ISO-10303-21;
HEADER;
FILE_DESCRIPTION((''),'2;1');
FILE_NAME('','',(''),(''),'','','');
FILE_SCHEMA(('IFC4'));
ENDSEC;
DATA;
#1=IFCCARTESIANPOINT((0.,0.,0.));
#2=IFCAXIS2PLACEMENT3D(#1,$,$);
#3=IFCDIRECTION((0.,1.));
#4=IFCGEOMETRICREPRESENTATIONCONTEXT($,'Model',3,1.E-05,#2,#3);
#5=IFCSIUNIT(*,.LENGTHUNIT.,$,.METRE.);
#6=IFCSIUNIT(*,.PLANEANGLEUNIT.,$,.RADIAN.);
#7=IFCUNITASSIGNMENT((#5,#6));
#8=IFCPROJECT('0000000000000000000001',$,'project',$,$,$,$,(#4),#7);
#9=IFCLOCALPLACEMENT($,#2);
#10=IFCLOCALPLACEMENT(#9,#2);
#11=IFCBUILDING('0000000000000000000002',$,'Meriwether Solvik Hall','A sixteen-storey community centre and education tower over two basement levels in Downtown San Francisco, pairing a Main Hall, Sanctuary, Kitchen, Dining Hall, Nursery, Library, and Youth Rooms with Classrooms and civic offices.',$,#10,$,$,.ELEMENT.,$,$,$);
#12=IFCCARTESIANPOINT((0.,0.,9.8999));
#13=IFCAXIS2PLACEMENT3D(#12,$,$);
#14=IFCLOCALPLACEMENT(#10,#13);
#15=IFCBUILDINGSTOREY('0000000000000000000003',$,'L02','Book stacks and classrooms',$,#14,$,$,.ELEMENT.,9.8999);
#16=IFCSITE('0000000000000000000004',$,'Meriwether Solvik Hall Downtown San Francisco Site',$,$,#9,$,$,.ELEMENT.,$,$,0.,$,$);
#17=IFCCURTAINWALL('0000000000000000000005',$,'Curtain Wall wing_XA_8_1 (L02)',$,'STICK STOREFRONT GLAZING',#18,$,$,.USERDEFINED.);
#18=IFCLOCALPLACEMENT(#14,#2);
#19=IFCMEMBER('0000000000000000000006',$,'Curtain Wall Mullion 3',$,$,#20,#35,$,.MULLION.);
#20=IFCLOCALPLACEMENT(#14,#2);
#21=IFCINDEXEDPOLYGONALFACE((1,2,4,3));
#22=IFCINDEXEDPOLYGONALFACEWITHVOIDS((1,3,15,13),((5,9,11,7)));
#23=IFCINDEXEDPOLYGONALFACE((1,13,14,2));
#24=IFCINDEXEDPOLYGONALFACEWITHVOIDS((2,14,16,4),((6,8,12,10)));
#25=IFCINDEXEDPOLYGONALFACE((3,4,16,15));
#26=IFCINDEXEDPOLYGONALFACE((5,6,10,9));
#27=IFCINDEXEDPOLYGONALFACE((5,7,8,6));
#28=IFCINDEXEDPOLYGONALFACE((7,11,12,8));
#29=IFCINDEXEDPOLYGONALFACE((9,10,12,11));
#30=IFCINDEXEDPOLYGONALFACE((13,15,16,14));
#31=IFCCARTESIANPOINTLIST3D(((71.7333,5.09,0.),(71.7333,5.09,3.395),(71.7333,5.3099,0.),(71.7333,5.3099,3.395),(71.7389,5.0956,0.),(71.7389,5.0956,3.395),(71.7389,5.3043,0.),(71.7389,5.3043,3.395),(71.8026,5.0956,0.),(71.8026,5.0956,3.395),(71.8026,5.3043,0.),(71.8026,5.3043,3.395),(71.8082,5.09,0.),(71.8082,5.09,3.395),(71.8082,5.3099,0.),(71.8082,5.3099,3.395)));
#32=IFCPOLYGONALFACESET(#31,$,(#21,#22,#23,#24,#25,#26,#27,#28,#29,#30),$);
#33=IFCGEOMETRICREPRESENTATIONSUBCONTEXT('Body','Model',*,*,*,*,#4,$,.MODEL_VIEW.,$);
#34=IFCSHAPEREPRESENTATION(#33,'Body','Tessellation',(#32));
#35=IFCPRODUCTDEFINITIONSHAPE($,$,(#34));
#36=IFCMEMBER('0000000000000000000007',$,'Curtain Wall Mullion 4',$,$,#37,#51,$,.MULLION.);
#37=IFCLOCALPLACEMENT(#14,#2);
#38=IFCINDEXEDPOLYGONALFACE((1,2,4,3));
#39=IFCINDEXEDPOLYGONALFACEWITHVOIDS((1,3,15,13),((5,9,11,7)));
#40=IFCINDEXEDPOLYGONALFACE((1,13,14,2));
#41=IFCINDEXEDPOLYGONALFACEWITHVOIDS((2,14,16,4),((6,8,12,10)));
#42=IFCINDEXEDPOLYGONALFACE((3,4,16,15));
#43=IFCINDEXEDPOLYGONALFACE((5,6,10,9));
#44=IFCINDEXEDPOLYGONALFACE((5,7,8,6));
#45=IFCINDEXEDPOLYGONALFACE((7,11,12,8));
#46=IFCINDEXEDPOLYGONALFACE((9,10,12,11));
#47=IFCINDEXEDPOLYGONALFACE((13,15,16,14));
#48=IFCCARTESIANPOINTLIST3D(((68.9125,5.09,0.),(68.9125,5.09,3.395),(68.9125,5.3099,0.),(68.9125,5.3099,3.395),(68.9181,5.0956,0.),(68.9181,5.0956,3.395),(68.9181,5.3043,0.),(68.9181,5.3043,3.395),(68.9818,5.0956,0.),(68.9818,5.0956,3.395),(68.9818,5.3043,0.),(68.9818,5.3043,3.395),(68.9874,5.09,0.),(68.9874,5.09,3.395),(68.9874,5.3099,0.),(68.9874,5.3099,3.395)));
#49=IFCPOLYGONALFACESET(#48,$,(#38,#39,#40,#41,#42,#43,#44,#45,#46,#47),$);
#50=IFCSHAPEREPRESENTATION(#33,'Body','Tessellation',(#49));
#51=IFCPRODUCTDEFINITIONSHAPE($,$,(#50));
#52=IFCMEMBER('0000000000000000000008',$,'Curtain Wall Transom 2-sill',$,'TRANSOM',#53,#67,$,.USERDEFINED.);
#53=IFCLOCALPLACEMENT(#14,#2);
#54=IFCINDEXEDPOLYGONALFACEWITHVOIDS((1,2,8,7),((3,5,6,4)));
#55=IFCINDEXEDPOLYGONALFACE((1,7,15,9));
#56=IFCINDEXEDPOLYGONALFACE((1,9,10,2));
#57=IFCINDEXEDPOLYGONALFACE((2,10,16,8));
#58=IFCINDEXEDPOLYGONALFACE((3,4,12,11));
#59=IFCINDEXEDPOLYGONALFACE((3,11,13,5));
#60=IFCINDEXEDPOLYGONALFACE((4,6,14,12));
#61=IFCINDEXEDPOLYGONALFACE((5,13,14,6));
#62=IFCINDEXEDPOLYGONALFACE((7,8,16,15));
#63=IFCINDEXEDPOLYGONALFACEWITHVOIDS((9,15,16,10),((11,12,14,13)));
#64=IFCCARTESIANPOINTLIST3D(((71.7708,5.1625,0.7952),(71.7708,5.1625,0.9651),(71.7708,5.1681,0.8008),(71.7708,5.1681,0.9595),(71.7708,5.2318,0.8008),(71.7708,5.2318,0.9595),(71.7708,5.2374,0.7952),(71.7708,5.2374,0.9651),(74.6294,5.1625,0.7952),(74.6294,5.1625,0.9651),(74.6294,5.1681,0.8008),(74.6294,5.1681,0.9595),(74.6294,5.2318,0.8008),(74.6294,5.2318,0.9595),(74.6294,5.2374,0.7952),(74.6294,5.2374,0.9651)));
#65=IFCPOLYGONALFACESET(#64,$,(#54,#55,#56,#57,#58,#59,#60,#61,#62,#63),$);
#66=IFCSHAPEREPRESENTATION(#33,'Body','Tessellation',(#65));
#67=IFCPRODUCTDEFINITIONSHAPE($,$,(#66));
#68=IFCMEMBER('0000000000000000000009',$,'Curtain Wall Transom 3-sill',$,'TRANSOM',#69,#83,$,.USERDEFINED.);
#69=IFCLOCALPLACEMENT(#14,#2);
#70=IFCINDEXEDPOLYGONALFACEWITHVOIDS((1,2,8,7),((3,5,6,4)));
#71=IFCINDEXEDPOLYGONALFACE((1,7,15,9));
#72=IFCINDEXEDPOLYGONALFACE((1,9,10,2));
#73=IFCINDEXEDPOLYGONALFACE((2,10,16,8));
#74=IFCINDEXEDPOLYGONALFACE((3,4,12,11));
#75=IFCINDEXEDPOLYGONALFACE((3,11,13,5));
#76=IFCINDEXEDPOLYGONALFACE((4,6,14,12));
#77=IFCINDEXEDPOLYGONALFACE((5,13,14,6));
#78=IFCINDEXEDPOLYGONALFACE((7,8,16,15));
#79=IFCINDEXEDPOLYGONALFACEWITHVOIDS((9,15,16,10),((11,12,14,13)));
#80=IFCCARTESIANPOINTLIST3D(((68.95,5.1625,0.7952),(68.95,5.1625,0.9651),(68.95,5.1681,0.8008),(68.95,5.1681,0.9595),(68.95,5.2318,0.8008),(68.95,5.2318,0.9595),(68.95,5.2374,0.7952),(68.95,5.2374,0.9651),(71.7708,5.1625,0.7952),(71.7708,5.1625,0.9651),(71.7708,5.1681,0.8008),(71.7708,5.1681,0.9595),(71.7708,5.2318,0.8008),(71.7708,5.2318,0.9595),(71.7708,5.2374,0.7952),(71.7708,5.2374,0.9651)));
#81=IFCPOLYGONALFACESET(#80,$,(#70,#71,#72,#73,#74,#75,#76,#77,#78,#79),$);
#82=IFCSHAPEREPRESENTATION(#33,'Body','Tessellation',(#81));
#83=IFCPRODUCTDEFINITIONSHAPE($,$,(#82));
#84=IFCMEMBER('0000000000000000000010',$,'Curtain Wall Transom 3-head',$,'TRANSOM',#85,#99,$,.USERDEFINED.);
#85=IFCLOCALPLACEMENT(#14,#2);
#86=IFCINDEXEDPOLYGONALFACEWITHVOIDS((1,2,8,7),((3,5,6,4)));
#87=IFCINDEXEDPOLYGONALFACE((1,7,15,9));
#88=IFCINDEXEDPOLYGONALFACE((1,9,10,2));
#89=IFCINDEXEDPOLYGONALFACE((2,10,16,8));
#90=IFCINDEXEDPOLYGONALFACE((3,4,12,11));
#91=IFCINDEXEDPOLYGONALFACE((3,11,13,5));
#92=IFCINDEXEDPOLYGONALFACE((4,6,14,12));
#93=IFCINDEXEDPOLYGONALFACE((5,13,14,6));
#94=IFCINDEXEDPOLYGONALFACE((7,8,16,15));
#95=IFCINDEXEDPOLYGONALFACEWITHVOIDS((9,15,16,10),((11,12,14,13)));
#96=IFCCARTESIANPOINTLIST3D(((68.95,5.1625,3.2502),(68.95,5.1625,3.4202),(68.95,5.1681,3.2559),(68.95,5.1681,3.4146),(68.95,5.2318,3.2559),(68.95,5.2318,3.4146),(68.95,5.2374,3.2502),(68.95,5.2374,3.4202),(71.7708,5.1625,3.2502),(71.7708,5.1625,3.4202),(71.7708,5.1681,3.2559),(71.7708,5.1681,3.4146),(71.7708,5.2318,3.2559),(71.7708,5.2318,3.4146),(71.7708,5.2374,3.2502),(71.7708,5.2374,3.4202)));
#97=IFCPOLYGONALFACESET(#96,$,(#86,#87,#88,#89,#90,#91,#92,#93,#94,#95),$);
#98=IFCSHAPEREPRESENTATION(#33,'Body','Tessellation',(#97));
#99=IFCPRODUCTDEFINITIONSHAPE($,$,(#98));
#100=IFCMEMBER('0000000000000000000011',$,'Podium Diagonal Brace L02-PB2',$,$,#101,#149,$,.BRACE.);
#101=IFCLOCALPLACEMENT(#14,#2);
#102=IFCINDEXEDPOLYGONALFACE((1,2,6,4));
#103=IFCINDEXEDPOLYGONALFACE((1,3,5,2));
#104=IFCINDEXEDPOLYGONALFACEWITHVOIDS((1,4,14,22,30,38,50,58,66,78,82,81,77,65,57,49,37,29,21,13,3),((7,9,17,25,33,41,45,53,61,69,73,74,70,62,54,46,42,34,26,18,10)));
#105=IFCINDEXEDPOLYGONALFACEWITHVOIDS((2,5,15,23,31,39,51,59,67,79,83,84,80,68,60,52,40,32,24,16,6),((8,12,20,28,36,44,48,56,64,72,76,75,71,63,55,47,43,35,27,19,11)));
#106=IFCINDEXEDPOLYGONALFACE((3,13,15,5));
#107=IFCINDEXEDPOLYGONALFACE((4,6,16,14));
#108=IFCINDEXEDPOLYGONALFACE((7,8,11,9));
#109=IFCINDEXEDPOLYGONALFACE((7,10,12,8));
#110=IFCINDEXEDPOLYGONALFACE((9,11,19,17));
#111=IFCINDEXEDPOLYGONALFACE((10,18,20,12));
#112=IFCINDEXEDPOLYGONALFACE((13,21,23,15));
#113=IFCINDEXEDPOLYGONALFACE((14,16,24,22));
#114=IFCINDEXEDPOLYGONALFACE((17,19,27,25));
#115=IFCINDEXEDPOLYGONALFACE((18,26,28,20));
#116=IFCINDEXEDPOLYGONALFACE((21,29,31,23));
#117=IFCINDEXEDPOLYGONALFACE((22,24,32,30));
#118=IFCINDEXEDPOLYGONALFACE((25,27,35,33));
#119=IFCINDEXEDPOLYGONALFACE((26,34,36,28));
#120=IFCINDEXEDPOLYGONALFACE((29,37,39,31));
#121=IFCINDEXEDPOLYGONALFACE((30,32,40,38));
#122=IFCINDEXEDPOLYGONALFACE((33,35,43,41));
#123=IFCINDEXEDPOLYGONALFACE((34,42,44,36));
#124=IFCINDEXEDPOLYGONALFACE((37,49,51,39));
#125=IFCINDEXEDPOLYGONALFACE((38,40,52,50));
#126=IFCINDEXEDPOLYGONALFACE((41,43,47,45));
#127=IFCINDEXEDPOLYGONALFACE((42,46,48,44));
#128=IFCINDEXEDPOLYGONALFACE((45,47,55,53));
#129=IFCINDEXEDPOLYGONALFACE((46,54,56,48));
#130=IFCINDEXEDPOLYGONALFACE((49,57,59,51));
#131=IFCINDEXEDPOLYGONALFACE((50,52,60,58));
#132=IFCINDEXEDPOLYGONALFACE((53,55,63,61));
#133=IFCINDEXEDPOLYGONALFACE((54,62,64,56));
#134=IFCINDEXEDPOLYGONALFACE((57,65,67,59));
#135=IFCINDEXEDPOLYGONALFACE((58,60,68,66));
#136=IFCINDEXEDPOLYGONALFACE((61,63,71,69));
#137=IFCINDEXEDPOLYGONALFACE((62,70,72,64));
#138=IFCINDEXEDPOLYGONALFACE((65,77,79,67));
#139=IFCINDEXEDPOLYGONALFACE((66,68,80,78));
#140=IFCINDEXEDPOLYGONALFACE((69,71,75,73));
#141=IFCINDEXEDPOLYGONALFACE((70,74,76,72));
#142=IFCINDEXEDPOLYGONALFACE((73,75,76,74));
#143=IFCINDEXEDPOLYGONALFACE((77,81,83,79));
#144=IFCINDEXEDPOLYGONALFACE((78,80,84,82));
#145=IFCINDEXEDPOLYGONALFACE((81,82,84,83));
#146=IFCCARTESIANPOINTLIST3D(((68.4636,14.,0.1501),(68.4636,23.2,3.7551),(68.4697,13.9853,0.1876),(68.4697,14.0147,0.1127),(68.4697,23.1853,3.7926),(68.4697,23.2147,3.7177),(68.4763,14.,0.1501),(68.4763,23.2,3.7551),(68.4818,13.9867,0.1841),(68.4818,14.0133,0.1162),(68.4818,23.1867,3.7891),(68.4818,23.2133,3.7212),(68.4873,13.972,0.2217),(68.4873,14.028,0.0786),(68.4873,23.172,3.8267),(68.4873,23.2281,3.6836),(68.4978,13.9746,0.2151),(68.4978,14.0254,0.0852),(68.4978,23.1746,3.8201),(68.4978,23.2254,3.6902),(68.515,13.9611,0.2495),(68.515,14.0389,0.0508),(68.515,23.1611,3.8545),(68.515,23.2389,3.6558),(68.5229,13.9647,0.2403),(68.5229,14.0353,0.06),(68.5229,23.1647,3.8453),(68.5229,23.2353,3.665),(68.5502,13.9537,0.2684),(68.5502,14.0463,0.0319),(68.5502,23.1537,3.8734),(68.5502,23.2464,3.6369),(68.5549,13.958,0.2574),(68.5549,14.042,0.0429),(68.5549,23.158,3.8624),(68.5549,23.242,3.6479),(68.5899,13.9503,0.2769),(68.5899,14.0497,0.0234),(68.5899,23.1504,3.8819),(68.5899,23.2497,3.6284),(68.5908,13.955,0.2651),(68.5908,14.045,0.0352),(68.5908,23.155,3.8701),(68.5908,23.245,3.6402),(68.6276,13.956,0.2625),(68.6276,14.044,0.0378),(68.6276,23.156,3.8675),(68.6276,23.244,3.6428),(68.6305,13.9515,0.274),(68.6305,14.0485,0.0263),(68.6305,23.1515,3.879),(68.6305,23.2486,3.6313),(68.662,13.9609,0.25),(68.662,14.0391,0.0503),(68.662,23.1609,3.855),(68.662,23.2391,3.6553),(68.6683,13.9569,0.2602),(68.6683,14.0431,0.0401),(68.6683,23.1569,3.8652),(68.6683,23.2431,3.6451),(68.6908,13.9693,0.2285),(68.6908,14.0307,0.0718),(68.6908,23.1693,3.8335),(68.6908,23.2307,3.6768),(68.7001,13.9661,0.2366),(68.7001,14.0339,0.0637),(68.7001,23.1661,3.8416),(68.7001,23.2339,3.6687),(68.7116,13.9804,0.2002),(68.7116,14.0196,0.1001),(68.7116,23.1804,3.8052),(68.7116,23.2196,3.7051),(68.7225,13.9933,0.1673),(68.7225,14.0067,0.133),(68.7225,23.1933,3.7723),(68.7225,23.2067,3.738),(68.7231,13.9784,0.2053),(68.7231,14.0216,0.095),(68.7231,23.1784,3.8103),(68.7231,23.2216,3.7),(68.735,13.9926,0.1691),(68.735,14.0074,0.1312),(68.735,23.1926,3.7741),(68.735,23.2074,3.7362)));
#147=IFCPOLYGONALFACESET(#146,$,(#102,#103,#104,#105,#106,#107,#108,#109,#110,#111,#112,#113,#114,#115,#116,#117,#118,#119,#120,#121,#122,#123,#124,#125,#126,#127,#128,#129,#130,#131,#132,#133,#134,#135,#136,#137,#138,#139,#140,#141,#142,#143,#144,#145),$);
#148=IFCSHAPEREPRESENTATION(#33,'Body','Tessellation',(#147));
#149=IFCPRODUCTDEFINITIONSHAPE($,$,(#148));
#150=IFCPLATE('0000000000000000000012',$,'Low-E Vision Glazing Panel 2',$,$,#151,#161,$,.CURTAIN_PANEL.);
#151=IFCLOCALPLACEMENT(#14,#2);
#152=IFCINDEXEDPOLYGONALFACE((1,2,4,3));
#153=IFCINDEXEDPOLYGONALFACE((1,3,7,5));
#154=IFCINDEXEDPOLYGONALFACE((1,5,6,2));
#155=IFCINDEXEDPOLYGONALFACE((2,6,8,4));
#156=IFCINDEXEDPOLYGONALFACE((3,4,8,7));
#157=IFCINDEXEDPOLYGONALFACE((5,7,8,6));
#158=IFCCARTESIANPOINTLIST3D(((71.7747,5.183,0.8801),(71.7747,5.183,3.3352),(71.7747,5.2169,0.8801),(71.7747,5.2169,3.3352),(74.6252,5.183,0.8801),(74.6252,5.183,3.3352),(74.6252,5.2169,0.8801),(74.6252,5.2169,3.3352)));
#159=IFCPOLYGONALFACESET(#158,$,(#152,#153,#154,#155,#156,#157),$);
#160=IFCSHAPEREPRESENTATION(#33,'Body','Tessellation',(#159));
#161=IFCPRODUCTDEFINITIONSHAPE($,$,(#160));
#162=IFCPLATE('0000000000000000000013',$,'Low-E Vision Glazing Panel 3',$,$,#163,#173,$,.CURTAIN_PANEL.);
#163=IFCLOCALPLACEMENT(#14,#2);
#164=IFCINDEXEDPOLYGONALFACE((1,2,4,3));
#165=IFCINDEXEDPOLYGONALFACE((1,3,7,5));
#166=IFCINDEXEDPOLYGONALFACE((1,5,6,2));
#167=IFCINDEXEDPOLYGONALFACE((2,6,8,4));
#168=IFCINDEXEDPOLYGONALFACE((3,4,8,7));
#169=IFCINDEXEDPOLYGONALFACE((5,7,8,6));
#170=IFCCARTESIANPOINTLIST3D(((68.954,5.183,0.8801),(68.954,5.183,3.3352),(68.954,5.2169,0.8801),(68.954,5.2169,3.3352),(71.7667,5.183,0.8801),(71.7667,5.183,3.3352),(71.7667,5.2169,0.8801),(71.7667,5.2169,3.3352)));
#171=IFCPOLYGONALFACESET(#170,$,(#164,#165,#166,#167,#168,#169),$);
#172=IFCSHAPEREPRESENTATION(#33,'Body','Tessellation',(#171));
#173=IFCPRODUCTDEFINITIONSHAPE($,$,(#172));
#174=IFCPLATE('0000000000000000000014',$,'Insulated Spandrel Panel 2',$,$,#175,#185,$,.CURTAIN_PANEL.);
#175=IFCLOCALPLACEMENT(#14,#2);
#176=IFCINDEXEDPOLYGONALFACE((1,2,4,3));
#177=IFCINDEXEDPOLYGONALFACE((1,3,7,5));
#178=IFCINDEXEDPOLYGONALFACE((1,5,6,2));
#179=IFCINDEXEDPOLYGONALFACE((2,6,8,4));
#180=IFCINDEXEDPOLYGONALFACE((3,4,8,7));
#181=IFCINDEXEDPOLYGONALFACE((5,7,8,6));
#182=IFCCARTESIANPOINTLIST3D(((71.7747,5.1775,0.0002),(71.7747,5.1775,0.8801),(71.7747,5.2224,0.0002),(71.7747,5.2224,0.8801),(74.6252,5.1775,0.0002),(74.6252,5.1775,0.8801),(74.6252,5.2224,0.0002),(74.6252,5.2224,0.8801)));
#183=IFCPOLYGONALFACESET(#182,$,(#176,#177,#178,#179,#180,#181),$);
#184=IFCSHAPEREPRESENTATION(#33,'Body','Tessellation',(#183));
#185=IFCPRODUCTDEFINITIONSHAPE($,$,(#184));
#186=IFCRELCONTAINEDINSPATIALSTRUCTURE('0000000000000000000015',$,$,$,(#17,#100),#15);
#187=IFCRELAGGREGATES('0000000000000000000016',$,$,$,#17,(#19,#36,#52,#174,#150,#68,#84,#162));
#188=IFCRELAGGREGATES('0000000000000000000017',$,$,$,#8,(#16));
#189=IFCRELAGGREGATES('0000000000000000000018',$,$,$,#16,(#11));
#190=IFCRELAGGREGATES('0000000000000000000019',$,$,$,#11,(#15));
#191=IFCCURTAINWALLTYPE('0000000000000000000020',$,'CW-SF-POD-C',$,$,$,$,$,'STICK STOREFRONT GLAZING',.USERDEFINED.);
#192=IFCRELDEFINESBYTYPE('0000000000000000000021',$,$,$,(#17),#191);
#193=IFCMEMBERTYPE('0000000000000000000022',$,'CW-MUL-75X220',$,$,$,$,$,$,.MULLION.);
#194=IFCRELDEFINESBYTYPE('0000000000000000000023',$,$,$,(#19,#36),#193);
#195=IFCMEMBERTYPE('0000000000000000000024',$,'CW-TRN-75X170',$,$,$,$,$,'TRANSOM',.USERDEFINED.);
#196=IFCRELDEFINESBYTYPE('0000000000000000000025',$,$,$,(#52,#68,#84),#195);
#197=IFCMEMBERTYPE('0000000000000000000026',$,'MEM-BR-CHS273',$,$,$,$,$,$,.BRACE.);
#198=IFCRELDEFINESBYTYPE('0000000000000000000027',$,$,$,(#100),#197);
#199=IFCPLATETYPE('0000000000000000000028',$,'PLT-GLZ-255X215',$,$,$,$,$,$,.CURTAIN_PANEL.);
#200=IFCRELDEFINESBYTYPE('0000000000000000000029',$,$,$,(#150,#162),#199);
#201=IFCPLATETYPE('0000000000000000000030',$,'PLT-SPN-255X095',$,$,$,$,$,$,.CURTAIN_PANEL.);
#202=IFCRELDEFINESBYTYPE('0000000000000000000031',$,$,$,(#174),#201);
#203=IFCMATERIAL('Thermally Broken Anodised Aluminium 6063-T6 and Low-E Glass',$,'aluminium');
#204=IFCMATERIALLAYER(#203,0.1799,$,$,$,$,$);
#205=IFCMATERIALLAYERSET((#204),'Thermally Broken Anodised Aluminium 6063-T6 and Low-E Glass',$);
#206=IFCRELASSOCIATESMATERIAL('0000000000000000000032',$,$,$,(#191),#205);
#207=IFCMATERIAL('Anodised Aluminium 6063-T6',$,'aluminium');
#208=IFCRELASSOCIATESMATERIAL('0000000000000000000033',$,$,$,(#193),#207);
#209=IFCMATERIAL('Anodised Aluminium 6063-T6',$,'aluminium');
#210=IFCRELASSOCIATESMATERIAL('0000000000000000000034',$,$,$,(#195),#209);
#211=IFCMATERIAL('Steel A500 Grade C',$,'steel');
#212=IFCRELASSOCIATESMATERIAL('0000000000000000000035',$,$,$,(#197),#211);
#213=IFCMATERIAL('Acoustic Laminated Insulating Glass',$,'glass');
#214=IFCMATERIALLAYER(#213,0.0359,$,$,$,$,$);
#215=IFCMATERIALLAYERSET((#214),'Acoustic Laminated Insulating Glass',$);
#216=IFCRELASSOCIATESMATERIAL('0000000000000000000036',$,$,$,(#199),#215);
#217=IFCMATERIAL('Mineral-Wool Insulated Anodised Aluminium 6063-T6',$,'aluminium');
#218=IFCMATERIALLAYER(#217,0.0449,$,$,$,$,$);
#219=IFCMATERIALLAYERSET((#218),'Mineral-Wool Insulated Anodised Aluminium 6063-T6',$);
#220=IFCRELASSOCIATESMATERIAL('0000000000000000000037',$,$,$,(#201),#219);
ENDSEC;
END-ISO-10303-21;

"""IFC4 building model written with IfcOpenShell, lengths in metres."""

from ifc_helpers import new_model, si_unit, direction, frame, origin, origin_2d, place, context, subcontext, project, spatial, rectangle, hollow_rectangle, hollow_circle, extrude, material, layer, layer_set, material_profile, profile_set, type_object, element, aggregate, save


model = new_model("IFC4")

# Units and contexts
model_context = context("Model", 3, precision=1e-05, world=origin(), true_north=direction((0.0, 1.0)))
body_context = subcontext(model_context, "Body", "Model", "MODEL_VIEW")
ifc_project = project(units=[si_unit("LENGTHUNIT", "METRE"), si_unit("PLANEANGLEUNIT", "RADIAN")], contexts=[model_context])

# Site, building, storey
site_placement = place(None, origin())
site = spatial("IfcSite", under=ifc_project, at=site_placement, Name="Meriwether Solvik Hall Downtown San Francisco Site", CompositionType="ELEMENT", RefElevation=0.0)
building_placement = place(site_placement, origin())
building = spatial("IfcBuilding", under=site, at=building_placement, Name="Meriwether Solvik Hall", Description="A sixteen-storey community centre and education tower over two basement levels in Downtown San Francisco, pairing a Main Hall, Sanctuary, Kitchen, Dining Hall, Nursery, Library, and Youth Rooms with Classrooms and civic offices.", CompositionType="ELEMENT")
storey_placement = place(building_placement, frame((0.0, 0.0, 9.8999)))
storey = spatial("IfcBuildingStorey", under=building, at=storey_placement, Name="L02", Description="Book stacks and classrooms", CompositionType="ELEMENT", Elevation=9.8999)

# Curtain wall, members
ifc_material_1 = material(Name="Thermally Broken Anodised Aluminium 6063-T6 and Low-E Glass", Category="aluminium")
ifc_layer_1 = layer(ifc_material_1, 0.1799)
ifc_layer_set_1 = layer_set([ifc_layer_1], Name="Thermally Broken Anodised Aluminium 6063-T6 and Low-E Glass")
curtain_wall_type = type_object("IfcCurtainWallType", Name="CW-SF-POD-C", ElementType="STICK STOREFRONT GLAZING", PredefinedType="USERDEFINED", material=ifc_layer_set_1)
curtain_wall_placement = place(storey_placement, origin())
curtain_wall = element("IfcCurtainWall", 1, at=curtain_wall_placement, inside=storey, type_object=curtain_wall_type, Name="Curtain Wall wing_XA_8_1 (L02)", ObjectType="STICK STOREFRONT GLAZING", PredefinedType="USERDEFINED")
ifc_material_2 = material(Name="Anodised Aluminium 6063-T6", Category="aluminium")
ifc_material_profile_1 = material_profile(ifc_material_2, hollow_rectangle(XDim=0.075, YDim=0.22, WallThickness=0.0056, at=origin_2d()), Name="CWM-75X220")
ifc_profile_set_1 = profile_set([ifc_material_profile_1], Name="Anodised Aluminium 6063-T6")
member_type_1 = type_object("IfcMemberType", Name="CW-MUL-75X220", PredefinedType="MULLION", material=ifc_profile_set_1)
member_1_placement = place(storey_placement, frame((71.7708, 5.2, 0.0), z_axis=(0.0, 0.0, 1.0), x_axis=(-1.0, 0.0, 0.0)))
member_1 = element("IfcMember", 2, at=member_1_placement, type_object=member_type_1, Name="Curtain Wall Mullion 3", PredefinedType="MULLION", context=body_context, shape_type="SweptSolid", body=[
    extrude(hollow_rectangle(XDim=0.075, YDim=0.22, WallThickness=0.0056, at=origin_2d()), origin(), (0.0, 0.0, 1.0), 3.395),
])
member_2_placement = place(storey_placement, frame((68.95, 5.2, 0.0), z_axis=(0.0, 0.0, 1.0), x_axis=(-1.0, 0.0, 0.0)))
member_2 = element("IfcMember", 3, at=member_2_placement, type_object=member_type_1, Name="Curtain Wall Mullion 4", PredefinedType="MULLION", context=body_context, shape_type="SweptSolid", body=[
    extrude(hollow_rectangle(XDim=0.075, YDim=0.22, WallThickness=0.0056, at=origin_2d()), origin(), (0.0, 0.0, 1.0), 3.395),
])
ifc_material_3 = material(Name="Anodised Aluminium 6063-T6", Category="aluminium")
ifc_material_profile_2 = material_profile(ifc_material_3, hollow_rectangle(XDim=0.075, YDim=0.1699, WallThickness=0.0056, at=origin_2d()), Name="CWT-75X170")
ifc_profile_set_2 = profile_set([ifc_material_profile_2], Name="Anodised Aluminium 6063-T6")
member_type_2 = type_object("IfcMemberType", Name="CW-TRN-75X170", ElementType="TRANSOM", PredefinedType="USERDEFINED", material=ifc_profile_set_2)
member_3_placement = place(storey_placement, frame((74.6294, 5.2, 0.8801), z_axis=(-1.0, 0.0, 0.0), x_axis=(0.0, -1.0, 0.0)))
member_3 = element("IfcMember", 4, at=member_3_placement, type_object=member_type_2, Name="Curtain Wall Transom 2-sill", ObjectType="TRANSOM", PredefinedType="USERDEFINED", context=body_context, shape_type="SweptSolid", body=[
    extrude(hollow_rectangle(XDim=0.075, YDim=0.1699, WallThickness=0.0056, at=origin_2d()), origin(), (0.0, 0.0, 1.0), 2.8586),
])
member_4_placement = place(storey_placement, frame((71.7708, 5.2, 0.8801), z_axis=(-1.0, 0.0, 0.0), x_axis=(0.0, -1.0, 0.0)))
member_4 = element("IfcMember", 5, at=member_4_placement, type_object=member_type_2, Name="Curtain Wall Transom 3-sill", ObjectType="TRANSOM", PredefinedType="USERDEFINED", context=body_context, shape_type="SweptSolid", body=[
    extrude(hollow_rectangle(XDim=0.075, YDim=0.1699, WallThickness=0.0056, at=origin_2d()), origin(), (0.0, 0.0, 1.0), 2.8208),
])
member_5_placement = place(storey_placement, frame((71.7708, 5.2, 3.3352), z_axis=(-1.0, 0.0, 0.0), x_axis=(0.0, -1.0, 0.0)))
member_5 = element("IfcMember", 6, at=member_5_placement, type_object=member_type_2, Name="Curtain Wall Transom 3-head", ObjectType="TRANSOM", PredefinedType="USERDEFINED", context=body_context, shape_type="SweptSolid", body=[
    extrude(hollow_rectangle(XDim=0.075, YDim=0.1699, WallThickness=0.0056, at=origin_2d()), origin(), (0.0, 0.0, 1.0), 2.8208),
])

# Member
ifc_material_4 = material(Name="Steel A500 Grade C", Category="steel")
ifc_material_profile_3 = material_profile(ifc_material_4, hollow_circle(Radius=0.1365, WallThickness=0.0127, at=origin_2d()), Name="CHS273X12.7")
ifc_profile_set_3 = profile_set([ifc_material_profile_3], Name="Steel A500 Grade C")
member_type_3 = type_object("IfcMemberType", Name="MEM-BR-CHS273", PredefinedType="BRACE", material=ifc_profile_set_3)
member_6_placement = place(storey_placement, frame((68.6001, 14.0, 0.1501), z_axis=(0.0, 0.931071, 0.364838), x_axis=(-1.0, 0.0, 0.0)))
element("IfcMember", 7, at=member_6_placement, inside=storey, type_object=member_type_3, Name="Podium Diagonal Brace L02-PB2", PredefinedType="BRACE", context=body_context, shape_type="SweptSolid", body=[
    extrude(hollow_circle(Radius=0.1365, WallThickness=0.0127, at=origin_2d()), origin(), (0.0, 0.0, 1.0), 9.8811),
])

# Plates
ifc_material_5 = material(Name="Acoustic Laminated Insulating Glass", Category="glass")
ifc_layer_2 = layer(ifc_material_5, 0.0359)
ifc_layer_set_2 = layer_set([ifc_layer_2], Name="Acoustic Laminated Insulating Glass")
plate_type_1 = type_object("IfcPlateType", Name="PLT-GLZ-255X215", PredefinedType="CURTAIN_PANEL", material=ifc_layer_set_2)
plate_1_placement = place(storey_placement, frame((73.2, 5.2, 0.8801), z_axis=(0.0, 0.0, 1.0), x_axis=(-1.0, 0.0, 0.0)))
plate_1 = element("IfcPlate", 8, at=plate_1_placement, type_object=plate_type_1, Name="Low-E Vision Glazing Panel 2", PredefinedType="CURTAIN_PANEL", context=body_context, shape_type="SweptSolid", body=[
    extrude(rectangle(XDim=2.8506, YDim=0.0339, at=origin_2d()), origin(), (0.0, 0.0, 1.0), 2.4551),
])
plate_2_placement = place(storey_placement, frame((70.3604, 5.2, 0.8801), z_axis=(0.0, 0.0, 1.0), x_axis=(-1.0, 0.0, 0.0)))
plate_2 = element("IfcPlate", 9, at=plate_2_placement, type_object=plate_type_1, Name="Low-E Vision Glazing Panel 3", PredefinedType="CURTAIN_PANEL", context=body_context, shape_type="SweptSolid", body=[
    extrude(rectangle(XDim=2.8127, YDim=0.0339, at=origin_2d()), origin(), (0.0, 0.0, 1.0), 2.4551),
])
ifc_material_6 = material(Name="Mineral-Wool Insulated Anodised Aluminium 6063-T6", Category="aluminium")
ifc_layer_3 = layer(ifc_material_6, 0.0449)
ifc_layer_set_3 = layer_set([ifc_layer_3], Name="Mineral-Wool Insulated Anodised Aluminium 6063-T6")
plate_type_2 = type_object("IfcPlateType", Name="PLT-SPN-255X095", PredefinedType="CURTAIN_PANEL", material=ifc_layer_set_3)
plate_3_placement = place(storey_placement, frame((73.2, 5.2, 0.0002), z_axis=(0.0, 0.0, 1.0), x_axis=(-1.0, 0.0, 0.0)))
plate_3 = element("IfcPlate", 10, at=plate_3_placement, type_object=plate_type_2, Name="Insulated Spandrel Panel 2", PredefinedType="CURTAIN_PANEL", context=body_context, shape_type="SweptSolid", body=[
    extrude(rectangle(XDim=2.8506, YDim=0.0449, at=origin_2d()), origin(), (0.0, 0.0, 1.0), 0.8799),
])
aggregate(curtain_wall, [member_1, member_2, member_3, plate_3, plate_1, member_4, member_5, plate_2])

save(model, "model.ifc")
